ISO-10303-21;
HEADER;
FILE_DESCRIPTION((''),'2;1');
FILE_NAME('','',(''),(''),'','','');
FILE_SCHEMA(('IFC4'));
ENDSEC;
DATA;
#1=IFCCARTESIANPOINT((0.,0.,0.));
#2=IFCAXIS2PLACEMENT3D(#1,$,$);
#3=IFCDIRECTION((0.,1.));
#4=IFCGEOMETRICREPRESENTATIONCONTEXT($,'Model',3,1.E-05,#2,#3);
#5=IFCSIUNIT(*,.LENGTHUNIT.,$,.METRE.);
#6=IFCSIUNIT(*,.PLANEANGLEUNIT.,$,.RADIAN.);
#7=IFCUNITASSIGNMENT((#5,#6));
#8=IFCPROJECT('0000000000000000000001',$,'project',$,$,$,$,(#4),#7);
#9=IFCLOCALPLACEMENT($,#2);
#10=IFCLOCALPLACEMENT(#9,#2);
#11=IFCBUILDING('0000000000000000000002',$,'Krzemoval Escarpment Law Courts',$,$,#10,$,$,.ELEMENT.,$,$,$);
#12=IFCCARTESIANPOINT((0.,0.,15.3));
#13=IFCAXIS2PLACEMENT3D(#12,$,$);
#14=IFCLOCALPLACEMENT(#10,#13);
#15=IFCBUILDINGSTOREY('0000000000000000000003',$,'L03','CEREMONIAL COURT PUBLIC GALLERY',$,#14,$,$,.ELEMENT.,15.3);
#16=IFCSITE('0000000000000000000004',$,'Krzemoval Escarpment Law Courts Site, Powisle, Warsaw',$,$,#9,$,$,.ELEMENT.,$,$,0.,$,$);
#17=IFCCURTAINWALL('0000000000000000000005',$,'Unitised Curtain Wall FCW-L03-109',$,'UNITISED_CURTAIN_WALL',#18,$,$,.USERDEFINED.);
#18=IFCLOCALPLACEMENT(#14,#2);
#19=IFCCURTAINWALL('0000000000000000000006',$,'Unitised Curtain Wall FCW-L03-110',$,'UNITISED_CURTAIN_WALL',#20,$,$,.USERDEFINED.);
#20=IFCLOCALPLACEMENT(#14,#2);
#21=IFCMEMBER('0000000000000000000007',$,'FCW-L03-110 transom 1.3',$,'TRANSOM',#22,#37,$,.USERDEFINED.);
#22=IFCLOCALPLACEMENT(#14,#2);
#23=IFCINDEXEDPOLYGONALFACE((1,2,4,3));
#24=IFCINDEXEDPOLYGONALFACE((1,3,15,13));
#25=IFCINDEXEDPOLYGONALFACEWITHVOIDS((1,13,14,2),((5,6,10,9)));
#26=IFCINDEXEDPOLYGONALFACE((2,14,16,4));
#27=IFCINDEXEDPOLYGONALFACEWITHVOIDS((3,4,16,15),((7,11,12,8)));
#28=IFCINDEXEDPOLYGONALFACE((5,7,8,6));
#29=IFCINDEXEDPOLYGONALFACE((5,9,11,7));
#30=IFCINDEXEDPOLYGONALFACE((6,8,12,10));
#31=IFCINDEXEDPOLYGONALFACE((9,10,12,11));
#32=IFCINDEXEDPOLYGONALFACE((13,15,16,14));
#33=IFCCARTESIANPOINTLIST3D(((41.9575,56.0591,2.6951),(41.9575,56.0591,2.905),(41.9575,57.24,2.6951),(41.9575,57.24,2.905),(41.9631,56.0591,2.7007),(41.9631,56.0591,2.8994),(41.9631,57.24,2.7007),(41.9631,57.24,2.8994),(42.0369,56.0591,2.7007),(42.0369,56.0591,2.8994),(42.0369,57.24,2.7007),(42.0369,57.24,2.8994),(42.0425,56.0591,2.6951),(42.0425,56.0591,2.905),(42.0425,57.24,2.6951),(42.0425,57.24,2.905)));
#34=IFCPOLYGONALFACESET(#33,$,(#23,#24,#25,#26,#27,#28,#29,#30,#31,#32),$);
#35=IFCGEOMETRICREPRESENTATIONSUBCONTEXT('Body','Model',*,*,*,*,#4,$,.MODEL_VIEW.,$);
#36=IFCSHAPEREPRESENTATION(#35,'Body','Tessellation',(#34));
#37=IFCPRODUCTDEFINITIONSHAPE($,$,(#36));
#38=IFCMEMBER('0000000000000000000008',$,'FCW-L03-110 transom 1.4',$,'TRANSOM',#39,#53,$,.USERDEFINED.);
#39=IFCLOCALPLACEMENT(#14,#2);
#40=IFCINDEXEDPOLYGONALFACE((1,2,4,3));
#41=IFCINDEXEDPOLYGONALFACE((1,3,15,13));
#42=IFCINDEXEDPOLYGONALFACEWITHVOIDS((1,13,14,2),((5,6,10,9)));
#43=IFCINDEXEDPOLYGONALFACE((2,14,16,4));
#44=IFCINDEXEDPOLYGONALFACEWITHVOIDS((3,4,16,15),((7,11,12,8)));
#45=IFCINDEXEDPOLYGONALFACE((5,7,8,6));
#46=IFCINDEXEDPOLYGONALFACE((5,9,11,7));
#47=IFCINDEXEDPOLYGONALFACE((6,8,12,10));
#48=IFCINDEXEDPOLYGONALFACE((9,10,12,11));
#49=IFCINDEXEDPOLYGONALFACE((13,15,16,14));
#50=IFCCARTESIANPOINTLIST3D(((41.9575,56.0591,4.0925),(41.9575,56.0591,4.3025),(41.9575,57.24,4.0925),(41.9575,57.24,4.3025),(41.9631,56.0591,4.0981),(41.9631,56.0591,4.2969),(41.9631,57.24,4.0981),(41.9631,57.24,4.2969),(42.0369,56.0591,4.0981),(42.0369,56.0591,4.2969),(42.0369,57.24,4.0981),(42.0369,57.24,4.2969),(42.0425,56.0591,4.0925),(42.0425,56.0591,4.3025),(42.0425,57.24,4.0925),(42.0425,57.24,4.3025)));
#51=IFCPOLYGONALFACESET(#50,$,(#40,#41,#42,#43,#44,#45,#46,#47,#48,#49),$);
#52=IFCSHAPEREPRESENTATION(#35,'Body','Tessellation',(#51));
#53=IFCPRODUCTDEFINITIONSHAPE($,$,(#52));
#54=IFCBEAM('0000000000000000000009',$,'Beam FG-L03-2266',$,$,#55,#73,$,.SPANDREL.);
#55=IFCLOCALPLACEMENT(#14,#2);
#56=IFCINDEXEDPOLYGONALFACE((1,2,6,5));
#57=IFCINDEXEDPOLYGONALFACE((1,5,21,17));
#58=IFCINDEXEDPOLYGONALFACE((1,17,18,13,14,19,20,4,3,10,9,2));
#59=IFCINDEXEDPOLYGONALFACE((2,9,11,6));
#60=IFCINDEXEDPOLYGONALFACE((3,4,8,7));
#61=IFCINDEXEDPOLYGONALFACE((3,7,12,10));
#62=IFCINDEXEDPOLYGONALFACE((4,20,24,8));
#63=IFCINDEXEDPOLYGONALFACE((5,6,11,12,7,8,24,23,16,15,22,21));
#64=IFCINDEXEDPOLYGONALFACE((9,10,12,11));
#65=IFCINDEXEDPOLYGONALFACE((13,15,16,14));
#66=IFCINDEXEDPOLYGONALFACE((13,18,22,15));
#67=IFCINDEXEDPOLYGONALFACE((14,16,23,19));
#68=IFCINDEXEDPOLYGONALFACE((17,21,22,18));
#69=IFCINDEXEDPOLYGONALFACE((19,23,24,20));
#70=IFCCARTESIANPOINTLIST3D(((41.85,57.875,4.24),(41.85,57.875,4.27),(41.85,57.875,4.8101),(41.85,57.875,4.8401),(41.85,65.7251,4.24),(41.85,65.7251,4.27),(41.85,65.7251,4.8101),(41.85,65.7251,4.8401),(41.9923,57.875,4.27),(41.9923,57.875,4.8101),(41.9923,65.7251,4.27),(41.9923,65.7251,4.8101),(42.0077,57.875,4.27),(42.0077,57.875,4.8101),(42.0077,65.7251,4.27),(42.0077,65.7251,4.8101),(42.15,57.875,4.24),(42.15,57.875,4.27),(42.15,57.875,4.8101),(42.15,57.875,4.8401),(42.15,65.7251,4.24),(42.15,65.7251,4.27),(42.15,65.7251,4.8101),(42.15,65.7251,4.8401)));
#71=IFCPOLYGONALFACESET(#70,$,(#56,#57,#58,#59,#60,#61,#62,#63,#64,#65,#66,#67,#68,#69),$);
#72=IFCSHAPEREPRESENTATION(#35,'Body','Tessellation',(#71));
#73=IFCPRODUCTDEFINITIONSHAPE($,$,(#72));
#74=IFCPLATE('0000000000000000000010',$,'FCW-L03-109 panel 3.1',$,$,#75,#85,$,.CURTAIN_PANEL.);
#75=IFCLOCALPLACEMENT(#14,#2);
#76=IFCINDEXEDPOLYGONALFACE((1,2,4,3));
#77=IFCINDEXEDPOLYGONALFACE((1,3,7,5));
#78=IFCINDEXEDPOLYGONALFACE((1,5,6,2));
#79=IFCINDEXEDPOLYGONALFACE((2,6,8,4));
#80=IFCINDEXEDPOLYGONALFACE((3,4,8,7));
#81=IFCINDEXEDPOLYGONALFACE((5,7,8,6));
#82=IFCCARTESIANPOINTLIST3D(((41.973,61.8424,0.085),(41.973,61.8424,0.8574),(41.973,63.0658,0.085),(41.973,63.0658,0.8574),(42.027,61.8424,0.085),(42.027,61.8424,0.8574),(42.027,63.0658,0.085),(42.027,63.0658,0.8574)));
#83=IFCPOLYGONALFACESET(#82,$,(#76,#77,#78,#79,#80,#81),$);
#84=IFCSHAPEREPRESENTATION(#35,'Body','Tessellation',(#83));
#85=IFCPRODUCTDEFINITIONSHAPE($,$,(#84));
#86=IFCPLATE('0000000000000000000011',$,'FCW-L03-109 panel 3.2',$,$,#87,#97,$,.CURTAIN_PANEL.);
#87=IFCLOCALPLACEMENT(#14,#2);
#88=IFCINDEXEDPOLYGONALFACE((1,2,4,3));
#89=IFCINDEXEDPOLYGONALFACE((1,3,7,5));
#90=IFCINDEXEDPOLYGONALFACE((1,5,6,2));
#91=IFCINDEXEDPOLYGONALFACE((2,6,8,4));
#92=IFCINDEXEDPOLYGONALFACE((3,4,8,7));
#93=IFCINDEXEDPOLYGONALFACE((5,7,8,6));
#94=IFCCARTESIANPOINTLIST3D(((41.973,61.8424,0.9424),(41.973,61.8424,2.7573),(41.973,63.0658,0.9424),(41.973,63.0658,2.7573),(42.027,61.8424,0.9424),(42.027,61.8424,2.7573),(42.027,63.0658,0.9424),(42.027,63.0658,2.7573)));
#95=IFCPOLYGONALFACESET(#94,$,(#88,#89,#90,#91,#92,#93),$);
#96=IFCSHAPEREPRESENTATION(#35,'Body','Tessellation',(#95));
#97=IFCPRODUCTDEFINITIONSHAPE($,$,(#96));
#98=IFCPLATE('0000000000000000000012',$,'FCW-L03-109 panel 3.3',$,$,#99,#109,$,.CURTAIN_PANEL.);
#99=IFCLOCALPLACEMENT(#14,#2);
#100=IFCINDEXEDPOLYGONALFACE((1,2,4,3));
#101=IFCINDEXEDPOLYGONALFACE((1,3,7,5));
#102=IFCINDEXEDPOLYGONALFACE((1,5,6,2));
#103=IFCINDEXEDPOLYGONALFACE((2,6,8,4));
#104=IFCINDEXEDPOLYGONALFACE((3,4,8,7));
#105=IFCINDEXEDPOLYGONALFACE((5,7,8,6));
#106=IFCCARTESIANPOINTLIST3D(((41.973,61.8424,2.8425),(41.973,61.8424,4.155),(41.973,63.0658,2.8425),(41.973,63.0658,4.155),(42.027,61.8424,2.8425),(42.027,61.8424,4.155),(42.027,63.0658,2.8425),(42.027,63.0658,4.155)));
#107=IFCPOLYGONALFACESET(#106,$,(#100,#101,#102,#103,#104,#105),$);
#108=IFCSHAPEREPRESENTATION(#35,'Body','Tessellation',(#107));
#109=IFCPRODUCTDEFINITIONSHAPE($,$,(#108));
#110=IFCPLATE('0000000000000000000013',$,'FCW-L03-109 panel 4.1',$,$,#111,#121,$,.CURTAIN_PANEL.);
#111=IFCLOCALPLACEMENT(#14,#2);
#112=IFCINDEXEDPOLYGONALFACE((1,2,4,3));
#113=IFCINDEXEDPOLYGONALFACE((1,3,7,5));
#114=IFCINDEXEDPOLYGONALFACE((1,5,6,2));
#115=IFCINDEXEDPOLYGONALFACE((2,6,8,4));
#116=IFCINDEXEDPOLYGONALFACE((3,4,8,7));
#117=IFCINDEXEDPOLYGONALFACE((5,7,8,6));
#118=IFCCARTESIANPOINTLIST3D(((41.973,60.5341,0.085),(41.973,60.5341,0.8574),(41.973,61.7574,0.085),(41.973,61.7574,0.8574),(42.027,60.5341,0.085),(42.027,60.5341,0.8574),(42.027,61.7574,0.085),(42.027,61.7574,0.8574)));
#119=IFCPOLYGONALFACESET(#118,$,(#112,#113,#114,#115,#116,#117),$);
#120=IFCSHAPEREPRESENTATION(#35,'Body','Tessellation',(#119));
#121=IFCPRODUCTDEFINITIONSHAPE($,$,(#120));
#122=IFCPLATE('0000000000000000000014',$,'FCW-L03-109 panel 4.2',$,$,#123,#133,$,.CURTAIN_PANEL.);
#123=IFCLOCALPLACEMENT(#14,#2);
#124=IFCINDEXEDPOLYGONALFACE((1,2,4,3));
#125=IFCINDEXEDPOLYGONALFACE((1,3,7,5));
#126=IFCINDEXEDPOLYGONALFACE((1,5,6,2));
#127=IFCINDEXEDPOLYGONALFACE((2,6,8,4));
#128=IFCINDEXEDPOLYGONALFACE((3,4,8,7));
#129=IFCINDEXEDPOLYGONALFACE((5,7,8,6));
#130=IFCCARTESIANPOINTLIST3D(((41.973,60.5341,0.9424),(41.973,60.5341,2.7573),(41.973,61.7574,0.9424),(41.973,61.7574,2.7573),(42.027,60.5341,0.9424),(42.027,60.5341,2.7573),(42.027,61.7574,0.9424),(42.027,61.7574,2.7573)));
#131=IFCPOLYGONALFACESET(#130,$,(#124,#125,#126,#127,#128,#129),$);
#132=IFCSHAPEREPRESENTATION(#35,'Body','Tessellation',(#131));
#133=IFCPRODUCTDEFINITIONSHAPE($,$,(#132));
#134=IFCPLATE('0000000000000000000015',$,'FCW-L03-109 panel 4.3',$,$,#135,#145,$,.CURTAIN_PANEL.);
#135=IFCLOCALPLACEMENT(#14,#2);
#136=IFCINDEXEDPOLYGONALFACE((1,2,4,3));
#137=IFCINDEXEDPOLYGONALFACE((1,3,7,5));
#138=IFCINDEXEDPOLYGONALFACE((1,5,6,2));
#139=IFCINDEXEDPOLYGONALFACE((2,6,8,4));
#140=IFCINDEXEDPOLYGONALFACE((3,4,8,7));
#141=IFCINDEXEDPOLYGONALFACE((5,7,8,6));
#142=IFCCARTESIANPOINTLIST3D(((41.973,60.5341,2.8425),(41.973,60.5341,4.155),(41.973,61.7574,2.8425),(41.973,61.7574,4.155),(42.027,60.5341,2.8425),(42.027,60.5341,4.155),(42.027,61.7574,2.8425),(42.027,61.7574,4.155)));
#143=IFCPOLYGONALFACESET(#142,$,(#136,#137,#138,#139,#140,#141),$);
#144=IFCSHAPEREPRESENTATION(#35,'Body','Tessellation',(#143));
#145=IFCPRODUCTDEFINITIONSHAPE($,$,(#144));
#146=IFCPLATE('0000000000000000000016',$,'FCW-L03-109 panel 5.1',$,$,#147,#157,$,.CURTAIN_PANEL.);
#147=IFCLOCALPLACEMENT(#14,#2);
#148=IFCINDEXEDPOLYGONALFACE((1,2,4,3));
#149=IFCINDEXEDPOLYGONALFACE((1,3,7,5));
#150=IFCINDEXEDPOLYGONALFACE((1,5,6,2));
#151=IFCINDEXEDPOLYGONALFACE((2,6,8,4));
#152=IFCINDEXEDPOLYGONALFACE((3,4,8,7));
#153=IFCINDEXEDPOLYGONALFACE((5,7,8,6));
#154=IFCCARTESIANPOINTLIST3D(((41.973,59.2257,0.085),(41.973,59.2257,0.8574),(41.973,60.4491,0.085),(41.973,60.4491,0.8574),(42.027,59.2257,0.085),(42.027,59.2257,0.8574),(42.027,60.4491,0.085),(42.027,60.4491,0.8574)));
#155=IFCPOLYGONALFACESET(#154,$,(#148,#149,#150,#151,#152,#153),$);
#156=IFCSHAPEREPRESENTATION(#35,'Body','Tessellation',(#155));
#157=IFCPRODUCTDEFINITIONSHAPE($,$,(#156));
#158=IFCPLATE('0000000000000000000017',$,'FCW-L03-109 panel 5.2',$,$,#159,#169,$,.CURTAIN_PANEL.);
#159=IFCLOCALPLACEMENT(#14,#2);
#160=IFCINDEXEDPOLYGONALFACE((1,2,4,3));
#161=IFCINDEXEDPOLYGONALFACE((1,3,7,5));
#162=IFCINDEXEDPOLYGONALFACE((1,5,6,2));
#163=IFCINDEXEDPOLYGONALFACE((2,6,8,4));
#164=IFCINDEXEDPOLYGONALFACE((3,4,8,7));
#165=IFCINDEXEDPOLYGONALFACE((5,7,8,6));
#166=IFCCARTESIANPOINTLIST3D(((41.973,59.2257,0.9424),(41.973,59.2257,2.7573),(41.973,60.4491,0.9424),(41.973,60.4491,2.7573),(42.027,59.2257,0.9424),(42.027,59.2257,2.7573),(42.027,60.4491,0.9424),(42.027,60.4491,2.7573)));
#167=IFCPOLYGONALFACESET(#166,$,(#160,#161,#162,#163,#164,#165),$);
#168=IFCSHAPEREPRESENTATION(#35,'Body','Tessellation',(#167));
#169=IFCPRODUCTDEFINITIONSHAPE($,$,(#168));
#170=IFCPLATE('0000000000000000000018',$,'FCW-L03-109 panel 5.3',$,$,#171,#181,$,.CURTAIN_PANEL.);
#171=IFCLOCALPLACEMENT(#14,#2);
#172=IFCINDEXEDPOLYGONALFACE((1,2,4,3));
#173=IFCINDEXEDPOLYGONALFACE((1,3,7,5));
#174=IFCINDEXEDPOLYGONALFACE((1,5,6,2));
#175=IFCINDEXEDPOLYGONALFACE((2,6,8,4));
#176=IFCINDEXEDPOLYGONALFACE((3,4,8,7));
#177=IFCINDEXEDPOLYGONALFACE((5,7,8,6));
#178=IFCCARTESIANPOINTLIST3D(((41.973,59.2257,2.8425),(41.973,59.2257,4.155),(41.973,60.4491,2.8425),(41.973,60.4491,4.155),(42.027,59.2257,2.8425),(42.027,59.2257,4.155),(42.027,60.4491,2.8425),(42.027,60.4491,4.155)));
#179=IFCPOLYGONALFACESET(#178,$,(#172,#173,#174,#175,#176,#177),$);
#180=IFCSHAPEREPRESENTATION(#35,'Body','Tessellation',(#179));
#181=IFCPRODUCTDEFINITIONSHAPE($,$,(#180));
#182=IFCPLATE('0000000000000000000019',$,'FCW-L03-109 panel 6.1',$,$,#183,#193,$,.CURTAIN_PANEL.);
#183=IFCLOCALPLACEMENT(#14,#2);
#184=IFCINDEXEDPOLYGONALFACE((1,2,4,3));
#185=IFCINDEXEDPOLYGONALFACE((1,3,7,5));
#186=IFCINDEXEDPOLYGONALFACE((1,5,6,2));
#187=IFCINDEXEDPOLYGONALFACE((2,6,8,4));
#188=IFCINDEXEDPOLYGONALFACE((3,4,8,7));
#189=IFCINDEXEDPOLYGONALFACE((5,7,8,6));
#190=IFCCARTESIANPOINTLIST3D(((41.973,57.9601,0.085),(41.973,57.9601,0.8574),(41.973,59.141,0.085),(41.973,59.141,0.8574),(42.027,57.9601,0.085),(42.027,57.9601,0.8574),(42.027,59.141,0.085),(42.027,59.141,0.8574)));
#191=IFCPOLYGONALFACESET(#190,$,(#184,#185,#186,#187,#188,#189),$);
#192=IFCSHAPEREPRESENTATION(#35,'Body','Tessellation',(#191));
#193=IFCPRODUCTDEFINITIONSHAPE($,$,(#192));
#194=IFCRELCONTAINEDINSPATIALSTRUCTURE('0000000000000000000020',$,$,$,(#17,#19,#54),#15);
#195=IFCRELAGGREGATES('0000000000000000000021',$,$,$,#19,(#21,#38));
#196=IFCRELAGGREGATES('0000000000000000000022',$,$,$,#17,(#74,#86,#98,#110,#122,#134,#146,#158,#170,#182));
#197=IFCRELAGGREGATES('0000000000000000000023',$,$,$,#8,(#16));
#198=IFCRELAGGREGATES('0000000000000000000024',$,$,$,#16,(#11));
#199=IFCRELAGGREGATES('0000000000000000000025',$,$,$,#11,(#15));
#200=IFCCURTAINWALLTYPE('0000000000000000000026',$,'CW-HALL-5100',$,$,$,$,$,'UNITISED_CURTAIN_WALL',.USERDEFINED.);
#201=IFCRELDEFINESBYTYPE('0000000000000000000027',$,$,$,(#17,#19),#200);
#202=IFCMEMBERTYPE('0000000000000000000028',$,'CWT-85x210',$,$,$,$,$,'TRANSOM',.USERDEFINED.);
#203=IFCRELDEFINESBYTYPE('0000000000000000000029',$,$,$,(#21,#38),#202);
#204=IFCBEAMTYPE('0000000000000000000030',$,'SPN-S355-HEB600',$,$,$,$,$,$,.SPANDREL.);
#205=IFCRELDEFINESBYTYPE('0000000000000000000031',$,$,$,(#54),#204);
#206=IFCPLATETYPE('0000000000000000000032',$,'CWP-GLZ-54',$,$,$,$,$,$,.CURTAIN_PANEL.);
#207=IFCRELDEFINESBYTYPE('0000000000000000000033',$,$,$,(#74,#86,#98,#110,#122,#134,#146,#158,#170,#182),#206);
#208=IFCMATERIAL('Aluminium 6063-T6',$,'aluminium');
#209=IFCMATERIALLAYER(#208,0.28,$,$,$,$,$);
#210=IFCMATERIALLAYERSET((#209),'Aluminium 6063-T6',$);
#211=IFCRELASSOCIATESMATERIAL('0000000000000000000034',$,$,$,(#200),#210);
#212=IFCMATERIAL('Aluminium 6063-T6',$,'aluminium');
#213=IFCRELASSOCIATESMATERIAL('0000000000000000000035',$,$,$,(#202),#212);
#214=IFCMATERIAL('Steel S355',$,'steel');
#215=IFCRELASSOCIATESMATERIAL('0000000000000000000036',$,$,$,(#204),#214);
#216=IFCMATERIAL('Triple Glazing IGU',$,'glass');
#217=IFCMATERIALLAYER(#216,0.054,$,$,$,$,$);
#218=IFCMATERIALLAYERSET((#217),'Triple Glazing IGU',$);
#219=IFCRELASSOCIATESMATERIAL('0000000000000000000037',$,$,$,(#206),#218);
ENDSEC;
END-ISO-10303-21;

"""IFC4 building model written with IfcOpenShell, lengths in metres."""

from ifc_helpers import new_model, si_unit, direction, frame, origin, origin_2d, place, context, subcontext, project, spatial, rectangle, hollow_rectangle, i_section, extrude, material, layer, layer_set, material_profile, profile_set, type_object, element, aggregate, save


model = new_model("IFC4")

# Units and contexts
model_context = context("Model", 3, precision=1e-05, world=origin(), true_north=direction((0.0, 1.0)))
body_context = subcontext(model_context, "Body", "Model", "MODEL_VIEW")
ifc_project = project(units=[si_unit("LENGTHUNIT", "METRE"), si_unit("PLANEANGLEUNIT", "RADIAN")], contexts=[model_context])

# Site, building, storey
site_placement = place(None, origin())
site = spatial("IfcSite", under=ifc_project, at=site_placement, Name="Krzemoval Escarpment Law Courts Site, Powisle, Warsaw", CompositionType="ELEMENT", RefElevation=0.0)
building_placement = place(site_placement, origin())
building = spatial("IfcBuilding", under=site, at=building_placement, Name="Krzemoval Escarpment Law Courts", CompositionType="ELEMENT")
storey_placement = place(building_placement, frame((0.0, 0.0, 15.3)))
storey = spatial("IfcBuildingStorey", under=building, at=storey_placement, Name="L03", Description="CEREMONIAL COURT PUBLIC GALLERY", CompositionType="ELEMENT", Elevation=15.3)

# Curtain wall
ifc_material_1 = material(Name="Aluminium 6063-T6", Category="aluminium")
ifc_layer_1 = layer(ifc_material_1, 0.28)
ifc_layer_set_1 = layer_set([ifc_layer_1], Name="Aluminium 6063-T6")
curtain_wall_type = type_object("IfcCurtainWallType", Name="CW-HALL-5100", ElementType="UNITISED_CURTAIN_WALL", PredefinedType="USERDEFINED", material=ifc_layer_set_1)
curtain_wall_1_placement = place(storey_placement, origin())
curtain_wall_1 = element("IfcCurtainWall", 1, at=curtain_wall_1_placement, inside=storey, type_object=curtain_wall_type, Name="Unitised Curtain Wall FCW-L03-109", ObjectType="UNITISED_CURTAIN_WALL", PredefinedType="USERDEFINED")

# Curtain wall
curtain_wall_2_placement = place(storey_placement, origin())
curtain_wall_2 = element("IfcCurtainWall", 2, at=curtain_wall_2_placement, inside=storey, type_object=curtain_wall_type, Name="Unitised Curtain Wall FCW-L03-110", ObjectType="UNITISED_CURTAIN_WALL", PredefinedType="USERDEFINED")

# Members
ifc_material_2 = material(Name="Aluminium 6063-T6", Category="aluminium")
ifc_material_profile_1 = material_profile(ifc_material_2, hollow_rectangle(XDim=0.085, YDim=0.21, WallThickness=0.0056, at=origin_2d()), Name="ALU T85x210")
ifc_profile_set_1 = profile_set([ifc_material_profile_1], Name="Aluminium 6063-T6")
member_type_1 = type_object("IfcMemberType", Name="CWT-85x210", ElementType="TRANSOM", PredefinedType="USERDEFINED", material=ifc_profile_set_1)
member_1_placement = place(storey_placement, frame((42.0, 57.24, 2.8), z_axis=(0.0, -1.0, 0.0), x_axis=(1.0, 0.0, 0.0)))
member_1 = element("IfcMember", 3, at=member_1_placement, type_object=member_type_1, Name="FCW-L03-110 transom 1.3", ObjectType="TRANSOM", PredefinedType="USERDEFINED", context=body_context, shape_type="SweptSolid", body=[
    extrude(hollow_rectangle(XDim=0.085, YDim=0.21, WallThickness=0.0056, at=origin_2d()), origin(), (0.0, 0.0, 1.0), 1.1809),
])
member_2_placement = place(storey_placement, frame((42.0, 57.24, 4.1975), z_axis=(0.0, -1.0, 0.0), x_axis=(1.0, 0.0, 0.0)))
member_2 = element("IfcMember", 4, at=member_2_placement, type_object=member_type_1, Name="FCW-L03-110 transom 1.4", ObjectType="TRANSOM", PredefinedType="USERDEFINED", context=body_context, shape_type="SweptSolid", body=[
    extrude(hollow_rectangle(XDim=0.085, YDim=0.21, WallThickness=0.0056, at=origin_2d()), origin(), (0.0, 0.0, 1.0), 1.1809),
])
aggregate(curtain_wall_2, [member_1, member_2])

# Beam
ifc_material_3 = material(Name="Steel S355", Category="steel")
ifc_material_profile_2 = material_profile(ifc_material_3, i_section(OverallWidth=0.3, OverallDepth=0.6001, WebThickness=0.0154, FlangeThickness=0.03, at=origin_2d()), Name="HEB 600")
ifc_profile_set_2 = profile_set([ifc_material_profile_2], Name="Steel S355")
beam_type = type_object("IfcBeamType", Name="SPN-S355-HEB600", PredefinedType="SPANDREL", material=ifc_profile_set_2)
beam_placement = place(storey_placement, frame((42.0, 57.875, 4.54), z_axis=(0.0, 1.0, 0.0), x_axis=(-1.0, 0.0, 0.0)))
element("IfcBeam", 5, at=beam_placement, inside=storey, type_object=beam_type, Name="Beam FG-L03-2266", PredefinedType="SPANDREL", context=body_context, shape_type="SweptSolid", body=[
    extrude(i_section(OverallWidth=0.3, OverallDepth=0.6001, WebThickness=0.0154, FlangeThickness=0.03, at=origin_2d()), origin(), (0.0, 0.0, 1.0), 7.8501),
])

# Plates
ifc_material_4 = material(Name="Triple Glazing IGU", Category="glass")
ifc_layer_2 = layer(ifc_material_4, 0.054)
ifc_layer_set_2 = layer_set([ifc_layer_2], Name="Triple Glazing IGU")
plate_type = type_object("IfcPlateType", Name="CWP-GLZ-54", PredefinedType="CURTAIN_PANEL", material=ifc_layer_set_2)
plate_1_placement = place(storey_placement, frame((42.0, 62.4541, 0.085), z_axis=(0.0, 0.0, 1.0), x_axis=(0.0, -1.0, 0.0)))
plate_1 = element("IfcPlate", 6, at=plate_1_placement, type_object=plate_type, Name="FCW-L03-109 panel 3.1", PredefinedType="CURTAIN_PANEL", context=body_context, shape_type="SweptSolid", body=[
    extrude(rectangle(XDim=1.2234, YDim=0.054, at=origin_2d()), origin(), (0.0, 0.0, 1.0), 0.7725),
])
plate_2_placement = place(storey_placement, frame((42.0, 62.4541, 0.9424), z_axis=(0.0, 0.0, 1.0), x_axis=(0.0, -1.0, 0.0)))
plate_2 = element("IfcPlate", 7, at=plate_2_placement, type_object=plate_type, Name="FCW-L03-109 panel 3.2", PredefinedType="CURTAIN_PANEL", context=body_context, shape_type="SweptSolid", body=[
    extrude(rectangle(XDim=1.2234, YDim=0.054, at=origin_2d()), origin(), (0.0, 0.0, 1.0), 1.8149),
])
plate_3_placement = place(storey_placement, frame((42.0, 62.4541, 2.8425), z_axis=(0.0, 0.0, 1.0), x_axis=(0.0, -1.0, 0.0)))
plate_3 = element("IfcPlate", 8, at=plate_3_placement, type_object=plate_type, Name="FCW-L03-109 panel 3.3", PredefinedType="CURTAIN_PANEL", context=body_context, shape_type="SweptSolid", body=[
    extrude(rectangle(XDim=1.2234, YDim=0.054, at=origin_2d()), origin(), (0.0, 0.0, 1.0), 1.3125),
])
plate_4_placement = place(storey_placement, frame((42.0, 61.1458, 0.085), z_axis=(0.0, 0.0, 1.0), x_axis=(0.0, -1.0, 0.0)))
plate_4 = element("IfcPlate", 9, at=plate_4_placement, type_object=plate_type, Name="FCW-L03-109 panel 4.1", PredefinedType="CURTAIN_PANEL", context=body_context, shape_type="SweptSolid", body=[
    extrude(rectangle(XDim=1.2234, YDim=0.054, at=origin_2d()), origin(), (0.0, 0.0, 1.0), 0.7725),
])
plate_5_placement = place(storey_placement, frame((42.0, 61.1458, 0.9424), z_axis=(0.0, 0.0, 1.0), x_axis=(0.0, -1.0, 0.0)))
plate_5 = element("IfcPlate", 10, at=plate_5_placement, type_object=plate_type, Name="FCW-L03-109 panel 4.2", PredefinedType="CURTAIN_PANEL", context=body_context, shape_type="SweptSolid", body=[
    extrude(rectangle(XDim=1.2234, YDim=0.054, at=origin_2d()), origin(), (0.0, 0.0, 1.0), 1.8149),
])
plate_6_placement = place(storey_placement, frame((42.0, 61.1458, 2.8425), z_axis=(0.0, 0.0, 1.0), x_axis=(0.0, -1.0, 0.0)))
plate_6 = element("IfcPlate", 11, at=plate_6_placement, type_object=plate_type, Name="FCW-L03-109 panel 4.3", PredefinedType="CURTAIN_PANEL", context=body_context, shape_type="SweptSolid", body=[
    extrude(rectangle(XDim=1.2234, YDim=0.054, at=origin_2d()), origin(), (0.0, 0.0, 1.0), 1.3125),
])
plate_7_placement = place(storey_placement, frame((42.0, 59.8374, 0.085), z_axis=(0.0, 0.0, 1.0), x_axis=(0.0, -1.0, 0.0)))
plate_7 = element("IfcPlate", 12, at=plate_7_placement, type_object=plate_type, Name="FCW-L03-109 panel 5.1", PredefinedType="CURTAIN_PANEL", context=body_context, shape_type="SweptSolid", body=[
    extrude(rectangle(XDim=1.2234, YDim=0.054, at=origin_2d()), origin(), (0.0, 0.0, 1.0), 0.7725),
])
plate_8_placement = place(storey_placement, frame((42.0, 59.8374, 0.9424), z_axis=(0.0, 0.0, 1.0), x_axis=(0.0, -1.0, 0.0)))
plate_8 = element("IfcPlate", 13, at=plate_8_placement, type_object=plate_type, Name="FCW-L03-109 panel 5.2", PredefinedType="CURTAIN_PANEL", context=body_context, shape_type="SweptSolid", body=[
    extrude(rectangle(XDim=1.2234, YDim=0.054, at=origin_2d()), origin(), (0.0, 0.0, 1.0), 1.8149),
])
plate_9_placement = place(storey_placement, frame((42.0, 59.8374, 2.8425), z_axis=(0.0, 0.0, 1.0), x_axis=(0.0, -1.0, 0.0)))
plate_9 = element("IfcPlate", 14, at=plate_9_placement, type_object=plate_type, Name="FCW-L03-109 panel 5.3", PredefinedType="CURTAIN_PANEL", context=body_context, shape_type="SweptSolid", body=[
    extrude(rectangle(XDim=1.2234, YDim=0.054, at=origin_2d()), origin(), (0.0, 0.0, 1.0), 1.3125),
])
plate_10_placement = place(storey_placement, frame((42.0, 58.5505, 0.085), z_axis=(0.0, 0.0, 1.0), x_axis=(0.0, -1.0, 0.0)))
plate_10 = element("IfcPlate", 15, at=plate_10_placement, type_object=plate_type, Name="FCW-L03-109 panel 6.1", PredefinedType="CURTAIN_PANEL", context=body_context, shape_type="SweptSolid", body=[
    extrude(rectangle(XDim=1.1809, YDim=0.054, at=origin_2d()), origin(), (0.0, 0.0, 1.0), 0.7725),
])
aggregate(curtain_wall_1, [plate_1, plate_2, plate_3, plate_4, plate_5, plate_6, plate_7, plate_8, plate_9, plate_10])

save(model, "model.ifc")
